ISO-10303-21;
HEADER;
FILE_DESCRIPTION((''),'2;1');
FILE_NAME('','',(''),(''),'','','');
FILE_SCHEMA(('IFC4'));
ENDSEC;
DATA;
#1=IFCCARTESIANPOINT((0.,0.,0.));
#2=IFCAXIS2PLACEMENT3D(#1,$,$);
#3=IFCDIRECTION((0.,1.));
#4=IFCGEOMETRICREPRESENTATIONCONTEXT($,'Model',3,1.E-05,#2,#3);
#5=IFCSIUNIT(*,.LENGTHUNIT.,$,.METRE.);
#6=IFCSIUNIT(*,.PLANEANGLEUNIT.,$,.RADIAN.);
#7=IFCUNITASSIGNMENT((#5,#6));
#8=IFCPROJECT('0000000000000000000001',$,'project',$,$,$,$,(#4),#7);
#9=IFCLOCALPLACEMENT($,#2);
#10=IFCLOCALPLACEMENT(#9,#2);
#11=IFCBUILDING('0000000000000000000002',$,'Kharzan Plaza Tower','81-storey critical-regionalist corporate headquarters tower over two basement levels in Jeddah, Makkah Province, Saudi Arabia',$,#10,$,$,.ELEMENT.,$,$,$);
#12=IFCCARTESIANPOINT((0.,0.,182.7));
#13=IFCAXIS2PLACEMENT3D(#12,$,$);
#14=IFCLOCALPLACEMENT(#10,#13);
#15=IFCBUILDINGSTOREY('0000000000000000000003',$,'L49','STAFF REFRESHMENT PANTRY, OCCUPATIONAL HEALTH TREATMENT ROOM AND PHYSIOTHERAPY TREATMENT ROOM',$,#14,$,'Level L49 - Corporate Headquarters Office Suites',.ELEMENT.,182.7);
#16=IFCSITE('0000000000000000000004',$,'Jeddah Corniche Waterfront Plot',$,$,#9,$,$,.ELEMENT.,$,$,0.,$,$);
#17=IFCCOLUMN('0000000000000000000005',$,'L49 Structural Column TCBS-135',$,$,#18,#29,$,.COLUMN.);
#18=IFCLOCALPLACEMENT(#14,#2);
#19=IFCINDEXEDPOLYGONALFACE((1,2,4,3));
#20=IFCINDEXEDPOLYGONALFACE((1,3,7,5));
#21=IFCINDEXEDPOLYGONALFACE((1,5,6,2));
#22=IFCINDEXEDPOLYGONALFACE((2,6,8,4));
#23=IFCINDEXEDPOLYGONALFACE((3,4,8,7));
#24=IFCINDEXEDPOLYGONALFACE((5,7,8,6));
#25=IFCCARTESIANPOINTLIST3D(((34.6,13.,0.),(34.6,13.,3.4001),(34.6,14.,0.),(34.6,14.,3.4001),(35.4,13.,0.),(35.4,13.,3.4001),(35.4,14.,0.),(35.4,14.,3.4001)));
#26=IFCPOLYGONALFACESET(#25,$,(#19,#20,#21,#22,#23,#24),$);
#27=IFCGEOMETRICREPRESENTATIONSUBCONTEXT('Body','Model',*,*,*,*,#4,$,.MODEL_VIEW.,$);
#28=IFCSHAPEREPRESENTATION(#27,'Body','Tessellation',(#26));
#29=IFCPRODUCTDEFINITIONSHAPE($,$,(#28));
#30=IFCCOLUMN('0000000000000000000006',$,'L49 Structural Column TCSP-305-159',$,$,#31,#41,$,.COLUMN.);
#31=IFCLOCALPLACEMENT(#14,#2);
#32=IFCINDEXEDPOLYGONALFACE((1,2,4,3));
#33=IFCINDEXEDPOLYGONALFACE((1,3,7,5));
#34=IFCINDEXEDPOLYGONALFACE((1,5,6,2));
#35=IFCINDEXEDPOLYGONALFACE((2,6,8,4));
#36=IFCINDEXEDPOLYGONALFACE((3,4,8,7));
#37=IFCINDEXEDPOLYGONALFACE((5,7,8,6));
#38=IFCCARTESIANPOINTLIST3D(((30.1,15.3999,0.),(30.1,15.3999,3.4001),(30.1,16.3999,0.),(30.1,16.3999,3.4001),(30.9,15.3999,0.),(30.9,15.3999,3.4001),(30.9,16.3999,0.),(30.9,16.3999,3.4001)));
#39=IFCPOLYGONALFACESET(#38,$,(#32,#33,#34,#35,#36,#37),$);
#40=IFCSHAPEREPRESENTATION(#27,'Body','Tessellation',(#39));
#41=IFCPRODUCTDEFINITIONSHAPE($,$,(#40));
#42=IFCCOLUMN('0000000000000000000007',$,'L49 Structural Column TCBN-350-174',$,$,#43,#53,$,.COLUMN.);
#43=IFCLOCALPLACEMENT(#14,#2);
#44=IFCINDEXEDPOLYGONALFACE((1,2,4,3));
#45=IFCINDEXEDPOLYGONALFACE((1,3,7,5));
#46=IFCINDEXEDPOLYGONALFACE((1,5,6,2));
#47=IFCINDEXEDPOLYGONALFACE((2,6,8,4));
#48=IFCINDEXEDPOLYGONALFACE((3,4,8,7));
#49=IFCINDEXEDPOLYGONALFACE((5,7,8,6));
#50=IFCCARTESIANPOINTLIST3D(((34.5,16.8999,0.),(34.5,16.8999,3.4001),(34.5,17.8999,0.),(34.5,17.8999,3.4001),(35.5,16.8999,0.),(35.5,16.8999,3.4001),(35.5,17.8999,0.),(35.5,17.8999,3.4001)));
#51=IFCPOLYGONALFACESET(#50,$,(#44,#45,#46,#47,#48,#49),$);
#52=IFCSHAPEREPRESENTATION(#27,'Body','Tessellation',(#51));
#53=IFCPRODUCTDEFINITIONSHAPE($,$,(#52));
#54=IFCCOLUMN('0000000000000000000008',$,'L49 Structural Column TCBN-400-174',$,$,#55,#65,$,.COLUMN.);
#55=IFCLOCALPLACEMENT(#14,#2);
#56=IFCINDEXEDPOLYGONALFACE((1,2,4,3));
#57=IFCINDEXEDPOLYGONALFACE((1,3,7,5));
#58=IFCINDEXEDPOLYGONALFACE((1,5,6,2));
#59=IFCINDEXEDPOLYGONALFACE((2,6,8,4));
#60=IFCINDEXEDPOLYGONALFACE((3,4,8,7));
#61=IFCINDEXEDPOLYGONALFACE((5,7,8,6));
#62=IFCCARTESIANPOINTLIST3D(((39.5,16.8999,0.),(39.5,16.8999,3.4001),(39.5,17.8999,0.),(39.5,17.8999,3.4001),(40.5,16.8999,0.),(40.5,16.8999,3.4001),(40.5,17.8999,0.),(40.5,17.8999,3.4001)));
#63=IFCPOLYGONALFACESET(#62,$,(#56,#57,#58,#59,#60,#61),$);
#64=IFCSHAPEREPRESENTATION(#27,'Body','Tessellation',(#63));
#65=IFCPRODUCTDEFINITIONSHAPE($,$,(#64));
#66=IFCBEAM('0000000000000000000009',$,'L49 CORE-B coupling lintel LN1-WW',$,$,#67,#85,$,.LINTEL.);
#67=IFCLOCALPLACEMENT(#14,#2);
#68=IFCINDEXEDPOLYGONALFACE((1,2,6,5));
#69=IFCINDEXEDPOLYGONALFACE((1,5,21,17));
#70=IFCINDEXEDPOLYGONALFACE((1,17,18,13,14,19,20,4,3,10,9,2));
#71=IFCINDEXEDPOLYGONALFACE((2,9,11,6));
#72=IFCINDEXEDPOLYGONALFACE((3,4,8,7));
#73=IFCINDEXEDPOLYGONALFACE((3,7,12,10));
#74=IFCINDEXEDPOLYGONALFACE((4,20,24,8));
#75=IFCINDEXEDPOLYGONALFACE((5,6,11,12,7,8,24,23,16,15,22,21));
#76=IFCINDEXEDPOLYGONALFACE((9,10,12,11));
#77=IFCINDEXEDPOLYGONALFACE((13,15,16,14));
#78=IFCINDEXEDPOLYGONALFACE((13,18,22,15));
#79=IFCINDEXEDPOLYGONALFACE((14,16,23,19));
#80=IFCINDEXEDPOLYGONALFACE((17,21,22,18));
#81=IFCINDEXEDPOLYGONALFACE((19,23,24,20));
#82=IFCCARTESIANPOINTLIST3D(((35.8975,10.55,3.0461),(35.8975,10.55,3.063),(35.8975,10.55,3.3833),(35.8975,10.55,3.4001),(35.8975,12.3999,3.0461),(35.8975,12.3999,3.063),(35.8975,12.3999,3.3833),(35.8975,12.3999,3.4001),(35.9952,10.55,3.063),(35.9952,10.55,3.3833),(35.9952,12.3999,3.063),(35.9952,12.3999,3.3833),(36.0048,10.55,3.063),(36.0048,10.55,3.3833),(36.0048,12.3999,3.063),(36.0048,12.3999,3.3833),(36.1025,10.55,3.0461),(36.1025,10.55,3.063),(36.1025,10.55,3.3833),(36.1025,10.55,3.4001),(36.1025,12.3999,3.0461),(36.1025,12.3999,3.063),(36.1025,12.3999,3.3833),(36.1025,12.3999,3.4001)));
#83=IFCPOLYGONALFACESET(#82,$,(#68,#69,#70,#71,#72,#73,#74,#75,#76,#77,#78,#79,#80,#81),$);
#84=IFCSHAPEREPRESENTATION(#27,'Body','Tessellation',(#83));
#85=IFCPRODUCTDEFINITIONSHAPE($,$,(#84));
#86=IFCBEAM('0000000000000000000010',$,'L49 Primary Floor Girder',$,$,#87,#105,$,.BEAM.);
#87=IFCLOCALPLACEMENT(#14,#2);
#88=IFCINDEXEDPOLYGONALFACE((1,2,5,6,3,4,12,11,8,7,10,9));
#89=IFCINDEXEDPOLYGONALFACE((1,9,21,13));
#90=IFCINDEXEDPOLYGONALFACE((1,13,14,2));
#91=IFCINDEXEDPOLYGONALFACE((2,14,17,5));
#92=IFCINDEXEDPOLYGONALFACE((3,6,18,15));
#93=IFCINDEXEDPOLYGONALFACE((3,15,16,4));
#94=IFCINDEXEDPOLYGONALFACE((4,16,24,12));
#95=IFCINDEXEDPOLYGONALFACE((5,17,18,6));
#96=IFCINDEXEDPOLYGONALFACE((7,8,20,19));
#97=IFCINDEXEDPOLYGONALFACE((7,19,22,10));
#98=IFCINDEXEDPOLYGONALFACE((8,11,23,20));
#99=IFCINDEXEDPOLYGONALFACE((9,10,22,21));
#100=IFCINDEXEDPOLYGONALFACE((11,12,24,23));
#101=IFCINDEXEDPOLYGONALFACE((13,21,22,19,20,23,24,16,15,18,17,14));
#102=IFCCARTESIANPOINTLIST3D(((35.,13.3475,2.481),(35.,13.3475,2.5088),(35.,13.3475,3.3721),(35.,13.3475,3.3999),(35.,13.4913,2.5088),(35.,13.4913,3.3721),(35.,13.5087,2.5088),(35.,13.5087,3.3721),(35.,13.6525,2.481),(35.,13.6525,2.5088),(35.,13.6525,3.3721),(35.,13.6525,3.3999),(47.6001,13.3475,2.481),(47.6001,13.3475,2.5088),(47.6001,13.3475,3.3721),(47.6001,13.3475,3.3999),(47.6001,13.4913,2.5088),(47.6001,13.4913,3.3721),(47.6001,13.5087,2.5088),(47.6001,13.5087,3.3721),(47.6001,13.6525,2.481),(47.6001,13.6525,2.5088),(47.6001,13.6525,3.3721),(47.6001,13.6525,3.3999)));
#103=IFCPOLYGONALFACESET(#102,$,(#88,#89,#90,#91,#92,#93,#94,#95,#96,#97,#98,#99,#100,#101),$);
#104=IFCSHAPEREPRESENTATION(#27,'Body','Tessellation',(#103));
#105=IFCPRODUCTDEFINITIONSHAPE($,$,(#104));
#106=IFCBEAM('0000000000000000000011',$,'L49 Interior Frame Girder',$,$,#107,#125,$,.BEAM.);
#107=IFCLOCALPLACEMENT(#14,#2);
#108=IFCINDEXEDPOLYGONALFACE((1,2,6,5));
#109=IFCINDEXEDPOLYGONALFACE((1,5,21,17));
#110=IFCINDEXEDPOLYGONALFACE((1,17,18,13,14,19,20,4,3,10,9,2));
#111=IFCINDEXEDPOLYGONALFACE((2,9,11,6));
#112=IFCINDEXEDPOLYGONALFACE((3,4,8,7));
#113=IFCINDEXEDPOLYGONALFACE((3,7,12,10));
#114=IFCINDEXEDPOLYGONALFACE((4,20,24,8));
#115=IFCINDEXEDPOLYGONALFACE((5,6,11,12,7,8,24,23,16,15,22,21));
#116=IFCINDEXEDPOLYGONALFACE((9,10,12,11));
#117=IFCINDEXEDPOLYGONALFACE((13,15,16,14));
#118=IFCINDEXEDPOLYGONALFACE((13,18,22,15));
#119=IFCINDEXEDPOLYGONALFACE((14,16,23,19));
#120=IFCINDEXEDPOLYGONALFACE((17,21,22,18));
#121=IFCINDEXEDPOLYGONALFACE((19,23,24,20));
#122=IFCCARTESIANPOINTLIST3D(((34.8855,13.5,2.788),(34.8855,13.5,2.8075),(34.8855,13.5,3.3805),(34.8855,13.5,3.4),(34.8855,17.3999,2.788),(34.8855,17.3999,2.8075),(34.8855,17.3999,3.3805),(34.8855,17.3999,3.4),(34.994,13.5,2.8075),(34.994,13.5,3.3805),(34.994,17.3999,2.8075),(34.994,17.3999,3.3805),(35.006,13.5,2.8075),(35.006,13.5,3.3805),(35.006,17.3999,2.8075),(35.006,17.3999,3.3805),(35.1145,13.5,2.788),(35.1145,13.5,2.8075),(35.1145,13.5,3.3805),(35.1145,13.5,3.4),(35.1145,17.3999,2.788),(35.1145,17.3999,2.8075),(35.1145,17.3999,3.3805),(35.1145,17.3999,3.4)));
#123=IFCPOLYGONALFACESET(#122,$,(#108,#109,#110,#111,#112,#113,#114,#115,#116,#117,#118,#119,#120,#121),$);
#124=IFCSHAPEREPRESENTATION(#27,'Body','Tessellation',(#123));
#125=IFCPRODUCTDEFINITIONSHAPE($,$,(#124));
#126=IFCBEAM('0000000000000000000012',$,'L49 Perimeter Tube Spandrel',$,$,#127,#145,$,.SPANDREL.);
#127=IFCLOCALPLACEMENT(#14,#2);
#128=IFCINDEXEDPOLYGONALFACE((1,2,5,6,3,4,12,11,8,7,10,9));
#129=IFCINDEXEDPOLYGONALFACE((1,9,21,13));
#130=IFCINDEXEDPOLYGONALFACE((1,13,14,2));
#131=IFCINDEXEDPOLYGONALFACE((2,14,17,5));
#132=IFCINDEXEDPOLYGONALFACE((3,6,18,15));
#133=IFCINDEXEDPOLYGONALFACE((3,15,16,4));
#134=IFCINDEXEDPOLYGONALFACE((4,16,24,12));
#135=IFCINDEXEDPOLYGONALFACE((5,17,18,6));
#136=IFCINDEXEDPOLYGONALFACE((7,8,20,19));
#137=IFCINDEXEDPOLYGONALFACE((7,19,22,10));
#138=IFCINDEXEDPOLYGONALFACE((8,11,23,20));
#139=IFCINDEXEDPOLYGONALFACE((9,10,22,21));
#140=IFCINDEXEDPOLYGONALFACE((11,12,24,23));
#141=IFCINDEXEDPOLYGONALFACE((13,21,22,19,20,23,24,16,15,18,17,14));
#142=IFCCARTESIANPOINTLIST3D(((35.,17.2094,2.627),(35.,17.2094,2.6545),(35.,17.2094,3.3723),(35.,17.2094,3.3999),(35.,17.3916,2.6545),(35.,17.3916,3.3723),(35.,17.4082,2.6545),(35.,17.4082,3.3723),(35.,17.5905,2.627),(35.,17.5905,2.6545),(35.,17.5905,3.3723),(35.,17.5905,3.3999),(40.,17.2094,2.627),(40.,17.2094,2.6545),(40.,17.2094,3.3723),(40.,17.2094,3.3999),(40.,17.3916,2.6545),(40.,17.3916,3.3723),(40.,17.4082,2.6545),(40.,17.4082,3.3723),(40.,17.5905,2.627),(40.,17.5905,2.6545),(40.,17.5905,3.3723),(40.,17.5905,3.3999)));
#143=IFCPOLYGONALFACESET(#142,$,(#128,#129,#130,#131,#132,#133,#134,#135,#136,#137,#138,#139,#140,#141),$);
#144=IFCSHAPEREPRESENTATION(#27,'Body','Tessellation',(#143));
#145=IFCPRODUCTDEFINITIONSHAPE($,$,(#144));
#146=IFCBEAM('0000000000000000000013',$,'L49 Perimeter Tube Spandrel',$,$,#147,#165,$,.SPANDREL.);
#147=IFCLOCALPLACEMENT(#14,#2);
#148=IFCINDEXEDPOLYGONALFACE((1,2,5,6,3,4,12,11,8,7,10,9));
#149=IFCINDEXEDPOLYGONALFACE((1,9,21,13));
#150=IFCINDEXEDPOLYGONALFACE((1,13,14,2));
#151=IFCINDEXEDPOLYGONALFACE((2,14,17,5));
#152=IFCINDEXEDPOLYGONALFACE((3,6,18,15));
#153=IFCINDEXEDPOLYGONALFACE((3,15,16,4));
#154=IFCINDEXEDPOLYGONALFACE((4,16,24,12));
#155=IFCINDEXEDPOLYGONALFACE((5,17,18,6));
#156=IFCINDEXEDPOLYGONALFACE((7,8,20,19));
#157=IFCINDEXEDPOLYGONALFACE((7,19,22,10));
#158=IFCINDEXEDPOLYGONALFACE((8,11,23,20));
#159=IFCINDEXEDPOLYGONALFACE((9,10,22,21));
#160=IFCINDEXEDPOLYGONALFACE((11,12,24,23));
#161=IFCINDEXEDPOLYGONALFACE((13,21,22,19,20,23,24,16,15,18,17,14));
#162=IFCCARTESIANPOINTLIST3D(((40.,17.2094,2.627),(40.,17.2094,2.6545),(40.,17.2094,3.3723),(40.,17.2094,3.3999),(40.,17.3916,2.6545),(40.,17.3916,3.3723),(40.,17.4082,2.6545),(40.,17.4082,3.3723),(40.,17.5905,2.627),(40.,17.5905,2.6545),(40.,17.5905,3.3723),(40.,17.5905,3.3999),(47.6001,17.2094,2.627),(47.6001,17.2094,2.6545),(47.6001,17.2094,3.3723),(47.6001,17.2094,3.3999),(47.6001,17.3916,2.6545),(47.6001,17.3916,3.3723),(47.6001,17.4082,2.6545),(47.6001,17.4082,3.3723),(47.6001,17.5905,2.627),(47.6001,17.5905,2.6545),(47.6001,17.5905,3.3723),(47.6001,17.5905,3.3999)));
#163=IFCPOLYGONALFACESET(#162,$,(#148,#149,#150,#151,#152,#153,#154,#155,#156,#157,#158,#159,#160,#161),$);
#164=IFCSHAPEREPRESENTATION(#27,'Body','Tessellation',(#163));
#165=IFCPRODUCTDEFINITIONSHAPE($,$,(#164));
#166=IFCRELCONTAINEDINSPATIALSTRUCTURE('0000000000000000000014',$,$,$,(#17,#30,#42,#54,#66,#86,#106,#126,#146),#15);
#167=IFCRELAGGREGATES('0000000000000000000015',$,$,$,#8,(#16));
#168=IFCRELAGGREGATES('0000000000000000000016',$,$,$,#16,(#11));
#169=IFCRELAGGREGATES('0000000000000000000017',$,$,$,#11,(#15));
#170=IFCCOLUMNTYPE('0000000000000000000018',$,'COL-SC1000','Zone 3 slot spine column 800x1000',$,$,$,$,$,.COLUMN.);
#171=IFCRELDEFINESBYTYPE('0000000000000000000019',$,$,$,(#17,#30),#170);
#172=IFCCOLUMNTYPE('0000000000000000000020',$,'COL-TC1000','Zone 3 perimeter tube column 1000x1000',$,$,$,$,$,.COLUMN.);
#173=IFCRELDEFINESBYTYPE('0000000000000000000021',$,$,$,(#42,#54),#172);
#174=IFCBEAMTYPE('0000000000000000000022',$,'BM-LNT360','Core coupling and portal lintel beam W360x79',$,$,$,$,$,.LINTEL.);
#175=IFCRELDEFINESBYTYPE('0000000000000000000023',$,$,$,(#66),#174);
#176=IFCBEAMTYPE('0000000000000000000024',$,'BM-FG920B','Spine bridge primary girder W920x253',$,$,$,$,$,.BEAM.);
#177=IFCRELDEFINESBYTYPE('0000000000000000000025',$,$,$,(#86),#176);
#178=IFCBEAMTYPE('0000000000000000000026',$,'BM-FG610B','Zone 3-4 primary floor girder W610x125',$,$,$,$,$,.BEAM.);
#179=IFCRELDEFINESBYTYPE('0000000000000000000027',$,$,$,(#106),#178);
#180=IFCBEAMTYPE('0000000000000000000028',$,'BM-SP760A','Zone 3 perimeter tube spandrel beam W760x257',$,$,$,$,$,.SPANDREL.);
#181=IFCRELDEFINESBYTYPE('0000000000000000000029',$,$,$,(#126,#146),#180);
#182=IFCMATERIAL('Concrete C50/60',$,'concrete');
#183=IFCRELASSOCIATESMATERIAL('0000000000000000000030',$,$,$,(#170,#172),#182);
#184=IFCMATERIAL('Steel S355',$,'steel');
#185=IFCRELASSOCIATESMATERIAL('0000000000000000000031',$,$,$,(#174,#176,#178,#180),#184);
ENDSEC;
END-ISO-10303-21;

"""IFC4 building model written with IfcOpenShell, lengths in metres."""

from ifc_helpers import new_model, si_unit, direction, frame, origin, origin_2d, place, context, subcontext, project, spatial, rectangle, i_section, extrude, source, transform, mapped, material, material_profile, profile_set, type_object, element, save


model = new_model("IFC4")

# Units and contexts
model_context = context("Model", 3, precision=1e-05, world=origin(), true_north=direction((0.0, 1.0)))
body_context = subcontext(model_context, "Body", "Model", "MODEL_VIEW")
ifc_project = project(units=[si_unit("LENGTHUNIT", "METRE"), si_unit("PLANEANGLEUNIT", "RADIAN")], contexts=[model_context])

# Site, building, storey
site_placement = place(None, origin())
site = spatial("IfcSite", under=ifc_project, at=site_placement, Name="Jeddah Corniche Waterfront Plot", CompositionType="ELEMENT", RefElevation=0.0)
building_placement = place(site_placement, origin())
building = spatial("IfcBuilding", under=site, at=building_placement, Name="Kharzan Plaza Tower", Description="81-storey critical-regionalist corporate headquarters tower over two basement levels in Jeddah, Makkah Province, Saudi Arabia", CompositionType="ELEMENT")
storey_placement = place(building_placement, frame((0.0, 0.0, 182.7)))
storey = spatial("IfcBuildingStorey", under=building, at=storey_placement, Name="L49", Description="STAFF REFRESHMENT PANTRY, OCCUPATIONAL HEALTH TREATMENT ROOM AND PHYSIOTHERAPY TREATMENT ROOM", LongName="Level L49 - Corporate Headquarters Office Suites", CompositionType="ELEMENT", Elevation=182.7)

# Columns
ifc_material_1 = material(Name="Concrete C50/60", Category="concrete")
ifc_material_profile_1 = material_profile(ifc_material_1, rectangle(XDim=0.8, YDim=1.0, at=origin_2d()), Name="RC-SC1000x800")
ifc_profile_set_1 = profile_set([ifc_material_profile_1], Name="Concrete C50/60")
column_type_1 = type_object("IfcColumnType", Name="COL-SC1000", Description="Zone 3 slot spine column 800x1000", PredefinedType="COLUMN", material=ifc_profile_set_1)
shared_shape_1 = source(origin(), body_context, "Body", "SweptSolid", [
    extrude(rectangle(XDim=0.8, YDim=1.0, at=origin_2d()), origin(), (0.0, 0.0, 1.0), 3.4001),
])
for number, where, z_axis, x_axis, name in (
    (1, (35.0, 13.5, 0.0), (0.0, 0.0, 1.0), (1.0, 0.0, 0.0), "L49 Structural Column TCBS-135"),
    (2, (30.5, 15.8999, 0.0), (0.0, 0.0, 1.0), (1.0, 0.0, 0.0), "L49 Structural Column TCSP-305-159"),
):
    element("IfcColumn", number, at=place(storey_placement, frame(where, z_axis=z_axis, x_axis=x_axis)), inside=storey, type_object=column_type_1, Name=name, PredefinedType="COLUMN", context=body_context, shape_type="MappedRepresentation", body=[
        mapped(shared_shape_1, transform((0.0, 0.0, 0.0), x_axis=(1.0, 0.0, 0.0), y_axis=(0.0, 1.0, 0.0), z_axis=(0.0, 0.0, 1.0))),
    ])
ifc_material_profile_2 = material_profile(ifc_material_1, rectangle(XDim=1.0, YDim=1.0, at=origin_2d()), Name="RC-TC1000x1000")
ifc_profile_set_2 = profile_set([ifc_material_profile_2], Name="Concrete C50/60")
column_type_2 = type_object("IfcColumnType", Name="COL-TC1000", Description="Zone 3 perimeter tube column 1000x1000", PredefinedType="COLUMN", material=ifc_profile_set_2)
shared_shape_2 = source(origin(), body_context, "Body", "SweptSolid", [
    extrude(rectangle(XDim=1.0, YDim=1.0, at=origin_2d()), origin(), (0.0, 0.0, 1.0), 3.4001),
])
for number, where, z_axis, x_axis, name in (
    (3, (35.0, 17.3999, 0.0), (0.0, 0.0, 1.0), (1.0, 0.0, 0.0), "L49 Structural Column TCBN-350-174"),
    (4, (40.0, 17.3999, 0.0), (0.0, 0.0, 1.0), (1.0, 0.0, 0.0), "L49 Structural Column TCBN-400-174"),
):
    element("IfcColumn", number, at=place(storey_placement, frame(where, z_axis=z_axis, x_axis=x_axis)), inside=storey, type_object=column_type_2, Name=name, PredefinedType="COLUMN", context=body_context, shape_type="MappedRepresentation", body=[
        mapped(shared_shape_2, transform((0.0, 0.0, 0.0), x_axis=(1.0, 0.0, 0.0), y_axis=(0.0, 1.0, 0.0), z_axis=(0.0, 0.0, 1.0))),
    ])

# Beams
ifc_material_2 = material(Name="Steel S355", Category="steel")
ifc_material_profile_3 = material_profile(ifc_material_2, i_section(OverallWidth=0.2051, OverallDepth=0.354, WebThickness=0.0095, FlangeThickness=0.0168, at=origin_2d()), Name="W360x79")
ifc_profile_set_3 = profile_set([ifc_material_profile_3], Name="Steel S355")
beam_type_1 = type_object("IfcBeamType", Name="BM-LNT360", Description="Core coupling and portal lintel beam W360x79", PredefinedType="LINTEL", material=ifc_profile_set_3)
shared_shape_3 = source(origin(), body_context, "Body", "SweptSolid", [
    extrude(i_section(OverallWidth=0.2051, OverallDepth=0.354, WebThickness=0.0095, FlangeThickness=0.0168, at=origin_2d()), origin(), (0.0, 0.0, 1.0), 1.8499),
])
beam_1_placement = place(storey_placement, frame((36.0, 10.55, 3.2231), z_axis=(0.0, 1.0, 0.0), x_axis=(-1.0, 0.0, 0.0)))
element("IfcBeam", 5, at=beam_1_placement, inside=storey, type_object=beam_type_1, Name="L49 CORE-B coupling lintel LN1-WW", PredefinedType="LINTEL", context=body_context, shape_type="MappedRepresentation", body=[
    mapped(shared_shape_3, transform((0.0, 0.0, 0.0), x_axis=(1.0, 0.0, 0.0), y_axis=(0.0, 1.0, 0.0), z_axis=(0.0, 0.0, 1.0))),
])
ifc_material_profile_4 = material_profile(ifc_material_2, i_section(OverallWidth=0.3049, OverallDepth=0.9189, WebThickness=0.0173, FlangeThickness=0.0278, at=origin_2d()), Name="W920x253")
ifc_profile_set_4 = profile_set([ifc_material_profile_4], Name="Steel S355")
beam_type_2 = type_object("IfcBeamType", Name="BM-FG920B", Description="Spine bridge primary girder W920x253", PredefinedType="BEAM", material=ifc_profile_set_4)
shared_shape_4 = source(origin(), body_context, "Body", "SweptSolid", [
    extrude(i_section(OverallWidth=0.3049, OverallDepth=0.9189, WebThickness=0.0173, FlangeThickness=0.0278, at=origin_2d()), origin(), (0.0, 0.0, 1.0), 12.6001),
])
beam_2_placement = place(storey_placement, frame((35.0, 13.5, 2.9404), z_axis=(1.0, 0.0, 0.0), x_axis=(0.0, 1.0, 0.0)))
element("IfcBeam", 6, at=beam_2_placement, inside=storey, type_object=beam_type_2, Name="L49 Primary Floor Girder", PredefinedType="BEAM", context=body_context, shape_type="MappedRepresentation", body=[
    mapped(shared_shape_4, transform((0.0, 0.0, 0.0), x_axis=(1.0, 0.0, 0.0), y_axis=(0.0, 1.0, 0.0), z_axis=(0.0, 0.0, 1.0))),
])
ifc_material_profile_5 = material_profile(ifc_material_2, i_section(OverallWidth=0.229, OverallDepth=0.6121, WebThickness=0.012, FlangeThickness=0.0195, at=origin_2d()), Name="W610x125")
ifc_profile_set_5 = profile_set([ifc_material_profile_5], Name="Steel S355")
beam_type_3 = type_object("IfcBeamType", Name="BM-FG610B", Description="Zone 3-4 primary floor girder W610x125", PredefinedType="BEAM", material=ifc_profile_set_5)
shared_shape_5 = source(origin(), body_context, "Body", "SweptSolid", [
    extrude(i_section(OverallWidth=0.229, OverallDepth=0.6121, WebThickness=0.012, FlangeThickness=0.0195, at=origin_2d()), origin(), (0.0, 0.0, 1.0), 3.8999),
])
beam_3_placement = place(storey_placement, frame((35.0, 13.5, 3.094), z_axis=(0.0, 1.0, 0.0), x_axis=(-1.0, 0.0, 0.0)))
element("IfcBeam", 7, at=beam_3_placement, inside=storey, type_object=beam_type_3, Name="L49 Interior Frame Girder", PredefinedType="BEAM", context=body_context, shape_type="MappedRepresentation", body=[
    mapped(shared_shape_5, transform((0.0, 0.0, 0.0), x_axis=(1.0, 0.0, 0.0), y_axis=(0.0, 1.0, 0.0), z_axis=(0.0, 0.0, 1.0))),
])
ifc_material_profile_6 = material_profile(ifc_material_2, i_section(OverallWidth=0.3811, OverallDepth=0.7729, WebThickness=0.0166, FlangeThickness=0.0276, at=origin_2d()), Name="W760x257")
ifc_profile_set_6 = profile_set([ifc_material_profile_6], Name="Steel S355")
beam_type_4 = type_object("IfcBeamType", Name="BM-SP760A", Description="Zone 3 perimeter tube spandrel beam W760x257", PredefinedType="SPANDREL", material=ifc_profile_set_6)
shared_shape_6 = source(origin(), body_context, "Body", "SweptSolid", [
    extrude(i_section(OverallWidth=0.3811, OverallDepth=0.7729, WebThickness=0.0166, FlangeThickness=0.0276, at=origin_2d()), origin(), (0.0, 0.0, 1.0), 5.0),
])
beam_4_placement = place(storey_placement, frame((35.0, 17.3999, 3.0134), z_axis=(1.0, 0.0, 0.0), x_axis=(0.0, 1.0, 0.0)))
element("IfcBeam", 8, at=beam_4_placement, inside=storey, type_object=beam_type_4, Name="L49 Perimeter Tube Spandrel", PredefinedType="SPANDREL", context=body_context, shape_type="MappedRepresentation", body=[
    mapped(shared_shape_6, transform((0.0, 0.0, 0.0), x_axis=(1.0, 0.0, 0.0), y_axis=(0.0, 1.0, 0.0), z_axis=(0.0, 0.0, 1.0))),
])
shared_shape_7 = source(origin(), body_context, "Body", "SweptSolid", [
    extrude(i_section(OverallWidth=0.3811, OverallDepth=0.7729, WebThickness=0.0166, FlangeThickness=0.0276, at=origin_2d()), origin(), (0.0, 0.0, 1.0), 7.6001),
])
beam_5_placement = place(storey_placement, frame((40.0, 17.3999, 3.0134), z_axis=(1.0, 0.0, 0.0), x_axis=(0.0, 1.0, 0.0)))
element("IfcBeam", 9, at=beam_5_placement, inside=storey, type_object=beam_type_4, Name="L49 Perimeter Tube Spandrel", PredefinedType="SPANDREL", context=body_context, shape_type="MappedRepresentation", body=[
    mapped(shared_shape_7, transform((0.0, 0.0, 0.0), x_axis=(1.0, 0.0, 0.0), y_axis=(0.0, 1.0, 0.0), z_axis=(0.0, 0.0, 1.0))),
])

save(model, "model.ifc")
